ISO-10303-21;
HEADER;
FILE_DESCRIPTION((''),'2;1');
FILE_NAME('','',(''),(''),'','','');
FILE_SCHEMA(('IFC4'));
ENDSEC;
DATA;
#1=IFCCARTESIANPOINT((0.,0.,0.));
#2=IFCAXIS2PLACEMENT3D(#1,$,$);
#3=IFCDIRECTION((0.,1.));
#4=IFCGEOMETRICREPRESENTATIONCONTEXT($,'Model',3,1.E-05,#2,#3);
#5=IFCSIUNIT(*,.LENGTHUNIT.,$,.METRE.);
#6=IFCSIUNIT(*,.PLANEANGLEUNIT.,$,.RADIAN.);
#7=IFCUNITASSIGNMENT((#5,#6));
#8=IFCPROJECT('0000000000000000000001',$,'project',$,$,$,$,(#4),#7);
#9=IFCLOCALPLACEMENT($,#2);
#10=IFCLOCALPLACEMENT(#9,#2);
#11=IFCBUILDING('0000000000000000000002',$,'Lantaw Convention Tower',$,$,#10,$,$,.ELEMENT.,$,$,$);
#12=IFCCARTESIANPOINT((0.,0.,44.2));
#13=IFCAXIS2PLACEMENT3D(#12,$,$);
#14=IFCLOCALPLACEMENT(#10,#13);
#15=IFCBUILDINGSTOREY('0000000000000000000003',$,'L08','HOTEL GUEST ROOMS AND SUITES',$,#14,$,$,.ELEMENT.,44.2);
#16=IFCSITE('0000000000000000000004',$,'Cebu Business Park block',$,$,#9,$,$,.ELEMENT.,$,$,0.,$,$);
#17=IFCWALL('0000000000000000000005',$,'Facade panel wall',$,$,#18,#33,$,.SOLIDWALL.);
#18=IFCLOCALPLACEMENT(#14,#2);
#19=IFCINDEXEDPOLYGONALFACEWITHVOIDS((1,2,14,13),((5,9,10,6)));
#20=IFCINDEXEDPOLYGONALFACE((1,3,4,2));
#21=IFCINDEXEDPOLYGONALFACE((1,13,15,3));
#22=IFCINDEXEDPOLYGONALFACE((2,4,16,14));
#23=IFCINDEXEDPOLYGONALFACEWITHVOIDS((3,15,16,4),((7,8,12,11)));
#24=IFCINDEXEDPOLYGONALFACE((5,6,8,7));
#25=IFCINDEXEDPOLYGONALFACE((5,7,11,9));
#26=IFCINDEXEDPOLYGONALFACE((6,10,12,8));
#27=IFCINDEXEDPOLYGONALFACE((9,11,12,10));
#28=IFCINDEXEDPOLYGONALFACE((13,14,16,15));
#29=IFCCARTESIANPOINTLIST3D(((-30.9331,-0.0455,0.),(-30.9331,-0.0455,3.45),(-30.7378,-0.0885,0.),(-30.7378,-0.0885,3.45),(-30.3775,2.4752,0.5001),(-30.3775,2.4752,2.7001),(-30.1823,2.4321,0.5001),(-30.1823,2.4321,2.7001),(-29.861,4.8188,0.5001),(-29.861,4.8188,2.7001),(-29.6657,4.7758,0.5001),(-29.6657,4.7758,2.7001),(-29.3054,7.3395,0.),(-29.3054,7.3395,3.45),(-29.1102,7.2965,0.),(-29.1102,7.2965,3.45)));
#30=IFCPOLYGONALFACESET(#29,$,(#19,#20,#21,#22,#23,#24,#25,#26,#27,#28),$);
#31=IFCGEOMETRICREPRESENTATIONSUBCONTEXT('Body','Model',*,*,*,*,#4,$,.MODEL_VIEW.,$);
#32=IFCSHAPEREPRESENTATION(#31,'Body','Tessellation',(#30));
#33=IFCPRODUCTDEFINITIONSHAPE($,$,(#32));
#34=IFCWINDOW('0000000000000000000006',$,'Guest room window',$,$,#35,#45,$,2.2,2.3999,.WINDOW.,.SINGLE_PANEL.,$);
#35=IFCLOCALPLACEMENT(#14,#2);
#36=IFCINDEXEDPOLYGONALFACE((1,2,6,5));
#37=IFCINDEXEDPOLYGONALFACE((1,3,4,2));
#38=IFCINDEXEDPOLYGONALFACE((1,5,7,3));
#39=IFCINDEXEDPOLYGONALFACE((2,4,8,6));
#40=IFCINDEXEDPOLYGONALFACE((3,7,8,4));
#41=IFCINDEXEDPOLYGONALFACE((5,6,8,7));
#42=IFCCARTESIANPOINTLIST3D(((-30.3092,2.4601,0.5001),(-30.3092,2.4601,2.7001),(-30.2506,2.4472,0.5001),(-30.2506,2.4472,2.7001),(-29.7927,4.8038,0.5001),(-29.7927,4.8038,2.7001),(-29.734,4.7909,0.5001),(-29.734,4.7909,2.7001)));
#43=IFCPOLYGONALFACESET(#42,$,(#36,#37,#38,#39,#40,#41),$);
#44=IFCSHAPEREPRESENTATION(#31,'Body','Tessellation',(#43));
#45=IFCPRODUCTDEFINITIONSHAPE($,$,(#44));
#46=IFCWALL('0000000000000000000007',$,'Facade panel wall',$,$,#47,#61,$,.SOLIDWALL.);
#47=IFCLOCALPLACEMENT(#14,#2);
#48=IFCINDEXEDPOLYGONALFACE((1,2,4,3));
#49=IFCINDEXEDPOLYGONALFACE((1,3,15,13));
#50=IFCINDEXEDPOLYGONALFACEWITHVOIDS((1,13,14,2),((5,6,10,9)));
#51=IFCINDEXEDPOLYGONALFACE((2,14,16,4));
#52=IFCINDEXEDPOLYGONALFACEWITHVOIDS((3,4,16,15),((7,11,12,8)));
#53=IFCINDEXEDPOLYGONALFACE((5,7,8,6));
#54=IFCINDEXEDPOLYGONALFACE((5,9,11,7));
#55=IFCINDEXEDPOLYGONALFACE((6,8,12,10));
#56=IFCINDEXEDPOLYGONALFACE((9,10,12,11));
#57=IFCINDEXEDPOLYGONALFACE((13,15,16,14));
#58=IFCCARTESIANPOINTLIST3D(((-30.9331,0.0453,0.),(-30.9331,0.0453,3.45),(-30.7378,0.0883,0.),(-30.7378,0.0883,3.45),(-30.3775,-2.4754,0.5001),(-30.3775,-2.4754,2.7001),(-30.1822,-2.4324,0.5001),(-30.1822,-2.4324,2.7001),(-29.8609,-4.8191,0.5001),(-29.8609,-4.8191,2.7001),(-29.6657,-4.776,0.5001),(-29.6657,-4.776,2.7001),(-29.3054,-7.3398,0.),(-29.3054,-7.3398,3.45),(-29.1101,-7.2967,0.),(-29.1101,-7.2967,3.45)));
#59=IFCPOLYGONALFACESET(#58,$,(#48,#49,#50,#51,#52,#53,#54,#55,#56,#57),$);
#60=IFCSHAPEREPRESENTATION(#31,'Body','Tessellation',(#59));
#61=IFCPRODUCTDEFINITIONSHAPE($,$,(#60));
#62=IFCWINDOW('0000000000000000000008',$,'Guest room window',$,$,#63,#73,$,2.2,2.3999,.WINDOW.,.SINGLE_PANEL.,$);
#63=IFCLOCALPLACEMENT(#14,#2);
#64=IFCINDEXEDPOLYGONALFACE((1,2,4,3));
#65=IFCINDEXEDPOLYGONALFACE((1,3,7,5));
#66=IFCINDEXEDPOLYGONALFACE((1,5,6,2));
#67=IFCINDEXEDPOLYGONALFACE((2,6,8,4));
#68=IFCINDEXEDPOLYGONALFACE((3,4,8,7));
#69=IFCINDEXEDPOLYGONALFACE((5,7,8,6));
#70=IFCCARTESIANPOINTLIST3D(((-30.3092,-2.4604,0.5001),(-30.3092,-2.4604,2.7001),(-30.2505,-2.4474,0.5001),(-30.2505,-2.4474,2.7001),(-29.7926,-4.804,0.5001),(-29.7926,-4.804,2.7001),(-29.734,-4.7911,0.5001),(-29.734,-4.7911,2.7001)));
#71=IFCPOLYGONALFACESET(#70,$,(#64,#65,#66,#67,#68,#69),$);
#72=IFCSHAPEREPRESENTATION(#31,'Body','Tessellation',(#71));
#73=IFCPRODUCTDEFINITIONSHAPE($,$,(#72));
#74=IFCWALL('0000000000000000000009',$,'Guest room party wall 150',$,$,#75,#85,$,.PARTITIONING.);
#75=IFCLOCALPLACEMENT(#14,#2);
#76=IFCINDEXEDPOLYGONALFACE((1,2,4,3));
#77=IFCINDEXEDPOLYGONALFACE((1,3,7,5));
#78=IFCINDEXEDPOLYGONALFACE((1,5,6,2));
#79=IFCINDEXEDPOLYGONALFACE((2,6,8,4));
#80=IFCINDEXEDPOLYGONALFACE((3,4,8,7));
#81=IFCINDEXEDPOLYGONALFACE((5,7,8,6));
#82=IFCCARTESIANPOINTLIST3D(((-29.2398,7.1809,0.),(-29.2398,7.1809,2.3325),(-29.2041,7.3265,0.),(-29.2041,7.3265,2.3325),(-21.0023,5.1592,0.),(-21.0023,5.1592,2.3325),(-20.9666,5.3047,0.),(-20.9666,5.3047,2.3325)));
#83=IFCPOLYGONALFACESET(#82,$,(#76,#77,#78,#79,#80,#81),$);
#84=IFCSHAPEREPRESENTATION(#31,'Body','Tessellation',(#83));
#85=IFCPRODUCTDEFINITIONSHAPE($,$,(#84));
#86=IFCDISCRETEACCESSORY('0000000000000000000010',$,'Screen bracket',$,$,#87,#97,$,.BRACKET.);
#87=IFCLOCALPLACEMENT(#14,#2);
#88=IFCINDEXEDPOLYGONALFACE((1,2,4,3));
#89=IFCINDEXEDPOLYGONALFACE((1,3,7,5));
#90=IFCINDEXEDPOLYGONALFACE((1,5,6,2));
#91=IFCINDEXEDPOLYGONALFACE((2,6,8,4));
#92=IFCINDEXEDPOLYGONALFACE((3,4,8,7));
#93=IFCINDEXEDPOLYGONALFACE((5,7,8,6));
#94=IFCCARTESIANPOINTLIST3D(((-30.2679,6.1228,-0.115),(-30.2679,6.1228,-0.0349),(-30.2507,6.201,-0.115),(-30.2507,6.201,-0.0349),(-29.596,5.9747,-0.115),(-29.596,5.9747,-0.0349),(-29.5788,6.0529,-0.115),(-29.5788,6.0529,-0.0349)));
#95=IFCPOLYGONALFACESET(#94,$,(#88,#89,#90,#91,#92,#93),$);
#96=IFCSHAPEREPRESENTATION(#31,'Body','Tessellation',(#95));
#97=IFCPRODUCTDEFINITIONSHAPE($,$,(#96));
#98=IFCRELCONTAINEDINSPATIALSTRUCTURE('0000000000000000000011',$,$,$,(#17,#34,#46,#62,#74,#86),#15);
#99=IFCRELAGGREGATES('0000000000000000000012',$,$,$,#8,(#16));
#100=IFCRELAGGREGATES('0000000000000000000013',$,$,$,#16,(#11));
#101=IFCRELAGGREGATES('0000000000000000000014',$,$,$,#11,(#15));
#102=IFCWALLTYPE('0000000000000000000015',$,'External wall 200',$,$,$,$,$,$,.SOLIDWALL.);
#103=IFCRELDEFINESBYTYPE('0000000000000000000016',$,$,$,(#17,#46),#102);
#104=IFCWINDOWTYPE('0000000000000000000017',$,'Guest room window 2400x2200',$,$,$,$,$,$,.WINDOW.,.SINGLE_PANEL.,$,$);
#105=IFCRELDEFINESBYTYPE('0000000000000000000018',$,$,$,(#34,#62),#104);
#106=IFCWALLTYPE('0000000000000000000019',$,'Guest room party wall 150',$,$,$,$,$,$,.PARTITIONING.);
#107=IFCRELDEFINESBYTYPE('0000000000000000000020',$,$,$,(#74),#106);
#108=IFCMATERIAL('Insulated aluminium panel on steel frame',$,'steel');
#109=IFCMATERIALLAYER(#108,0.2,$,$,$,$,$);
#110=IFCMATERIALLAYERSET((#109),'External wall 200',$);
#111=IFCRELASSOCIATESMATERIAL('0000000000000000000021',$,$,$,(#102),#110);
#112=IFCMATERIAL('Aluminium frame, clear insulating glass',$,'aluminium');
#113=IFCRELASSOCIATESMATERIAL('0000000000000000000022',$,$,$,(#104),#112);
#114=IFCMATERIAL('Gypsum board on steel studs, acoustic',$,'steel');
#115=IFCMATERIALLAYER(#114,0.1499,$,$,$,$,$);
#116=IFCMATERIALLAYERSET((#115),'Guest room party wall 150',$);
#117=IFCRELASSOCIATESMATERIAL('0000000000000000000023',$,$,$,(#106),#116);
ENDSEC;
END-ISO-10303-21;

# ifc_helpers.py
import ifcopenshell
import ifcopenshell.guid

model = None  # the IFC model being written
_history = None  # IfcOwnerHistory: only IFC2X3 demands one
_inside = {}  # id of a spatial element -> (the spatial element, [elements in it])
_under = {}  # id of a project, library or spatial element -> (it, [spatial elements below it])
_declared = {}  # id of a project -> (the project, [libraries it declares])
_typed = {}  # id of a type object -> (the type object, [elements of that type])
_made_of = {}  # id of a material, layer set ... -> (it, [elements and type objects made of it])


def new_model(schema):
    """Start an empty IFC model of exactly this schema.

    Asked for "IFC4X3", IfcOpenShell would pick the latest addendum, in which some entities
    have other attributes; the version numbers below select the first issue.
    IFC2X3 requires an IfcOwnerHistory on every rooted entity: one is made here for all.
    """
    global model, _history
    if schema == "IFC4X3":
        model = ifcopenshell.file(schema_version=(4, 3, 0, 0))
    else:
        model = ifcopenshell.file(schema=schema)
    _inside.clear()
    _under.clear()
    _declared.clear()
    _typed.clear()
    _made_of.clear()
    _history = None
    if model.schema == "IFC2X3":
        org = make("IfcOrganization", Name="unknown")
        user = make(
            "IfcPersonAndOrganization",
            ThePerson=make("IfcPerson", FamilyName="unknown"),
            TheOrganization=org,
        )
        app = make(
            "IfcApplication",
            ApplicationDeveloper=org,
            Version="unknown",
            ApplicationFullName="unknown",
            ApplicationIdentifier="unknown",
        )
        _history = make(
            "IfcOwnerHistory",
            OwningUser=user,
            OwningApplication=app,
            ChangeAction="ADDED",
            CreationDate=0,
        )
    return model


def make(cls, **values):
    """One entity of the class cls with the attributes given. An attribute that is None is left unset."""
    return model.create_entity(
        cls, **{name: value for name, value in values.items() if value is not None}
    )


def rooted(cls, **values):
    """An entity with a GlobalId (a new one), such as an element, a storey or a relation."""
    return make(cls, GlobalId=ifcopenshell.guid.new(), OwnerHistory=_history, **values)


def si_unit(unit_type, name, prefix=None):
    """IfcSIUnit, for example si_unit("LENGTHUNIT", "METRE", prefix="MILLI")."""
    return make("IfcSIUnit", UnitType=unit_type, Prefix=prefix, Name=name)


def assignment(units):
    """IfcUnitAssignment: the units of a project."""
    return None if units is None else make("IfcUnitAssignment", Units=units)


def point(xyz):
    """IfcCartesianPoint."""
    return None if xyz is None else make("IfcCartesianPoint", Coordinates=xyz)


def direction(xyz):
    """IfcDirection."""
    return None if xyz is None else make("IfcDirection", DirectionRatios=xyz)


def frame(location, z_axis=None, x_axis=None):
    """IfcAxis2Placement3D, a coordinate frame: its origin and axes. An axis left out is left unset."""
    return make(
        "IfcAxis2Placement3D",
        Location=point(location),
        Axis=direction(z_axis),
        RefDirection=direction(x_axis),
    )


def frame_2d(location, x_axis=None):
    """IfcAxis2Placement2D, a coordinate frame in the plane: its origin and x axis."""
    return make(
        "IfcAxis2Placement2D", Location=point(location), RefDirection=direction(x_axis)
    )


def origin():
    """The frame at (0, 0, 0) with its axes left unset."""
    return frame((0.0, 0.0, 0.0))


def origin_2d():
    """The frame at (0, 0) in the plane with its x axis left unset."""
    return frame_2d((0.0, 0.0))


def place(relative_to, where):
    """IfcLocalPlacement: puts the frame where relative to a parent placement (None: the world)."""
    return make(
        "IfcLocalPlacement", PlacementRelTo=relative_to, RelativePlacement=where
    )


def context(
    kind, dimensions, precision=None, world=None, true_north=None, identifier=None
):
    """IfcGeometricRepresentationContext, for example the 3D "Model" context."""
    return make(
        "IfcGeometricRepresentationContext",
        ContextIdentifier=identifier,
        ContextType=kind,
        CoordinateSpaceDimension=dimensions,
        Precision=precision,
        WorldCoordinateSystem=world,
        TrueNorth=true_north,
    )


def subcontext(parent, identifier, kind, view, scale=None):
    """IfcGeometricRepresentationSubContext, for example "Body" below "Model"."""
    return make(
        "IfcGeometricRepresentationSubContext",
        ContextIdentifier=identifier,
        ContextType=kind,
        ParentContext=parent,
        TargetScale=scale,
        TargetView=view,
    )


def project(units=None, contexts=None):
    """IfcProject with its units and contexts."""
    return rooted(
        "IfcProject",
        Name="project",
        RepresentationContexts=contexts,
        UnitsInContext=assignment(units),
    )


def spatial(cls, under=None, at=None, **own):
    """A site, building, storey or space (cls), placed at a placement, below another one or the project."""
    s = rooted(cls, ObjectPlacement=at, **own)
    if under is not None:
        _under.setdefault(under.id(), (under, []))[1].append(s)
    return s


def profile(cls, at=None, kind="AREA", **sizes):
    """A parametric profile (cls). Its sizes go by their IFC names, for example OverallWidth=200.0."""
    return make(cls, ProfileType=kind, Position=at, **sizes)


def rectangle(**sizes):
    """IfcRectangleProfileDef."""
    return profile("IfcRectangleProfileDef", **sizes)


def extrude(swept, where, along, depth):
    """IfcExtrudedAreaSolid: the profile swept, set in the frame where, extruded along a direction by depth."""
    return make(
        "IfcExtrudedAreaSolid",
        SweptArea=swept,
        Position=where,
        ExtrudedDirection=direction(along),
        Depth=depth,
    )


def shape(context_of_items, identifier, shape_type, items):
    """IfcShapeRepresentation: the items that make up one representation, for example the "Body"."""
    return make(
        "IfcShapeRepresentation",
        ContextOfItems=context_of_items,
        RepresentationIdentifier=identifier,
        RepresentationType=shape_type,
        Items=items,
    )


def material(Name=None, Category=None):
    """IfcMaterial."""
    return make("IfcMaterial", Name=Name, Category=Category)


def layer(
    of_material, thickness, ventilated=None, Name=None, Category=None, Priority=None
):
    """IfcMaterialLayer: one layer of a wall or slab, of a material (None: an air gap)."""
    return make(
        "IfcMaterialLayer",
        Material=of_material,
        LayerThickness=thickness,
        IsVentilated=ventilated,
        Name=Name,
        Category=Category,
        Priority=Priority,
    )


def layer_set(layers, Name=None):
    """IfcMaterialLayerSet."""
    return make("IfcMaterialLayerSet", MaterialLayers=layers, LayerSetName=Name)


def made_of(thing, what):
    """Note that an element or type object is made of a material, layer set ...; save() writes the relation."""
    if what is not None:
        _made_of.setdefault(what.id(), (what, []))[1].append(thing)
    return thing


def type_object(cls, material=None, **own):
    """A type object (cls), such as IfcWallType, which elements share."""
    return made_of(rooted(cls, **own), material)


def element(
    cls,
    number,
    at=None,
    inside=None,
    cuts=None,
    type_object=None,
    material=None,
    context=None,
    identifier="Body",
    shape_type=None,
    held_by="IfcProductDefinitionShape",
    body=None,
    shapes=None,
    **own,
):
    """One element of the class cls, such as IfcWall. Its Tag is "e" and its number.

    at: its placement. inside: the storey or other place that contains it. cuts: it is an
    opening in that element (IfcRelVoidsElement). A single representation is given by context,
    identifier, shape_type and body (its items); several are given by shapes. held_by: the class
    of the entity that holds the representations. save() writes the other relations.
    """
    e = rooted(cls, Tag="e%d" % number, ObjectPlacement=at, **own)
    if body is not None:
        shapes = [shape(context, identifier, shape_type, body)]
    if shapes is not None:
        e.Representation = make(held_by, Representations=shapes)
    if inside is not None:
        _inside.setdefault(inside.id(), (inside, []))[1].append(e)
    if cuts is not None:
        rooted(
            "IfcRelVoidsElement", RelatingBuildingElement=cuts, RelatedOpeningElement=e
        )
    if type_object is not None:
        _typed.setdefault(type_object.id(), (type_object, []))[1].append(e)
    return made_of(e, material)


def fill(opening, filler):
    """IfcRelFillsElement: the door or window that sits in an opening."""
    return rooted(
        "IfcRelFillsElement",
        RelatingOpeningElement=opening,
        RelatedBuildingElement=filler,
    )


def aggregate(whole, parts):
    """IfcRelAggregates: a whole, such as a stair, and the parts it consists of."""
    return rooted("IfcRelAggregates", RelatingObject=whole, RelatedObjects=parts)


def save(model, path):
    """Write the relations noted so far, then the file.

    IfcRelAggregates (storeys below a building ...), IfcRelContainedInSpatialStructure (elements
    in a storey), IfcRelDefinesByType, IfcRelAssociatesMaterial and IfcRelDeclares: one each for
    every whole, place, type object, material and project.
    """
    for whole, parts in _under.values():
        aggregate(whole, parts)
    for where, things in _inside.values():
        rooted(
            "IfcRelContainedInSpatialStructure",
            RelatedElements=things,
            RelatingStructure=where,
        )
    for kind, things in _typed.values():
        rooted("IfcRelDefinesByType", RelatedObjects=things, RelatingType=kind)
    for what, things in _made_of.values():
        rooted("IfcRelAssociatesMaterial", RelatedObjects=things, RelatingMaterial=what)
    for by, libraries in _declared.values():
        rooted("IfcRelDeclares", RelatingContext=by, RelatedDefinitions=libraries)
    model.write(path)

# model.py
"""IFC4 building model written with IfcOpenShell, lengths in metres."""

from ifc_helpers import new_model, si_unit, direction, frame, frame_2d, origin, origin_2d, place, context, subcontext, project, spatial, rectangle, extrude, material, layer, layer_set, type_object, element, fill, save


model = new_model("IFC4")

# Units and contexts
model_context = context("Model", 3, precision=1e-05, world=origin(), true_north=direction((0.0, 1.0)))
body_context = subcontext(model_context, "Body", "Model", "MODEL_VIEW")
ifc_project = project(units=[si_unit("LENGTHUNIT", "METRE"), si_unit("PLANEANGLEUNIT", "RADIAN")], contexts=[model_context])

# Site, building, storey
site_placement = place(None, origin())
site = spatial("IfcSite", under=ifc_project, at=site_placement, Name="Cebu Business Park block", CompositionType="ELEMENT", RefElevation=0.0)
building_placement = place(site_placement, origin())
building = spatial("IfcBuilding", under=site, at=building_placement, Name="Lantaw Convention Tower", CompositionType="ELEMENT")
storey_placement = place(building_placement, frame((0.0, 0.0, 44.2)))
storey = spatial("IfcBuildingStorey", under=building, at=storey_placement, Name="L08", Description="HOTEL GUEST ROOMS AND SUITES", CompositionType="ELEMENT", Elevation=44.2)

# Walls, openings, windows
ifc_material_1 = material(Name="Insulated aluminium panel on steel frame", Category="steel")
ifc_layer_1 = layer(ifc_material_1, 0.2)
ifc_layer_set_1 = layer_set([ifc_layer_1], Name="External wall 200")
wall_type_1 = type_object("IfcWallType", Name="External wall 200", PredefinedType="SOLIDWALL", material=ifc_layer_set_1)
wall_1_placement = place(storey_placement, frame((-29.2078, 7.3181, 0.0), z_axis=(0.0, 0.0, 1.0), x_axis=(-0.215238, -0.976562, 0.0)))
wall_1 = element("IfcWall", 1, at=wall_1_placement, inside=storey, type_object=wall_type_1, Name="Facade panel wall", PredefinedType="SOLIDWALL", context=body_context, shape_type="SweptSolid", body=[
    extrude(rectangle(XDim=7.5623, YDim=0.2, at=frame_2d((3.7812, 0.0))), origin(), (0.0, 0.0, 1.0), 3.45),
])
opening_1_placement = place(wall_1_placement, frame((2.5813, 0.0, 0.5)))
opening_1 = element("IfcOpeningElement", 2, at=opening_1_placement, cuts=wall_1, PredefinedType="OPENING", context=body_context, shape_type="SweptSolid", body=[
    extrude(rectangle(XDim=2.3999, YDim=2.2, at=frame_2d((1.2, 1.1001))), frame((0.0, 0.1099, 0.0), z_axis=(0.0, -1.0, 0.0), x_axis=(1.0, 0.0, 0.0)), (0.0, 0.0, 1.0), 0.22),
])
ifc_material_2 = material(Name="Aluminium frame, clear insulating glass", Category="aluminium")
window_type = type_object("IfcWindowType", Name="Guest room window 2400x2200", PartitioningType="SINGLE_PANEL", PredefinedType="WINDOW", material=ifc_material_2)
window_1_placement = place(opening_1_placement, origin())
window_1 = element("IfcWindow", 3, at=window_1_placement, inside=storey, type_object=window_type, Name="Guest room window", OverallHeight=2.2, OverallWidth=2.3999, PartitioningType="SINGLE_PANEL", PredefinedType="WINDOW", context=body_context, shape_type="SweptSolid", body=[
    extrude(rectangle(XDim=2.3999, YDim=2.2, at=frame_2d((1.2, 1.1001))), frame((0.0, 0.03, 0.0), z_axis=(0.0, -1.0, 0.0), x_axis=(1.0, 0.0, 0.0)), (0.0, 0.0, 1.0), 0.0601),
])
fill(opening_1, window_1)
wall_2_placement = place(storey_placement, frame((-30.8354, 0.0669, 0.0), z_axis=(0.0, 0.0, 1.0), x_axis=(0.215238, -0.976562, 0.0)))
wall_2 = element("IfcWall", 4, at=wall_2_placement, inside=storey, type_object=wall_type_1, Name="Facade panel wall", PredefinedType="SOLIDWALL", context=body_context, shape_type="SweptSolid", body=[
    extrude(rectangle(XDim=7.5623, YDim=0.2, at=frame_2d((3.7812, 0.0))), origin(), (0.0, 0.0, 1.0), 3.45),
])
opening_2_placement = place(wall_2_placement, frame((2.5813, 0.0, 0.5)))
opening_2 = element("IfcOpeningElement", 5, at=opening_2_placement, cuts=wall_2, PredefinedType="OPENING", context=body_context, shape_type="SweptSolid", body=[
    extrude(rectangle(XDim=2.3999, YDim=2.2, at=frame_2d((1.2, 1.1001))), frame((0.0, 0.1099, 0.0), z_axis=(0.0, -1.0, 0.0), x_axis=(1.0, 0.0, 0.0)), (0.0, 0.0, 1.0), 0.22),
])
window_2_placement = place(opening_2_placement, origin())
window_2 = element("IfcWindow", 6, at=window_2_placement, inside=storey, type_object=window_type, Name="Guest room window", OverallHeight=2.2, OverallWidth=2.3999, PartitioningType="SINGLE_PANEL", PredefinedType="WINDOW", context=body_context, shape_type="SweptSolid", body=[
    extrude(rectangle(XDim=2.3999, YDim=2.2, at=frame_2d((1.2, 1.1001))), frame((0.0, 0.03, 0.0), z_axis=(0.0, -1.0, 0.0), x_axis=(1.0, 0.0, 0.0)), (0.0, 0.0, 1.0), 0.0601),
])
fill(opening_2, window_2)

# Wall
ifc_material_3 = material(Name="Gypsum board on steel studs, acoustic", Category="steel")
ifc_layer_2 = layer(ifc_material_3, 0.1499)
ifc_layer_set_2 = layer_set([ifc_layer_2], Name="Guest room party wall 150")
wall_type_2 = type_object("IfcWallType", Name="Guest room party wall 150", PredefinedType="PARTITIONING", material=ifc_layer_set_2)
wall_3_placement = place(storey_placement, frame((-29.2219, 7.2537, 0.0), z_axis=(0.0, 0.0, 1.0), x_axis=(0.971178, -0.238355, 0.0)))
element("IfcWall", 7, at=wall_3_placement, inside=storey, type_object=wall_type_2, Name="Guest room party wall 150", PredefinedType="PARTITIONING", context=body_context, shape_type="SweptSolid", body=[
    extrude(rectangle(XDim=8.4819, YDim=0.1499, at=frame_2d((4.241, 0.0))), origin(), (0.0, 0.0, 1.0), 2.3325),
])

# Discrete accessory
discrete_accessory_placement = place(storey_placement, frame((-29.9233, 6.0879, -0.115), z_axis=(0.0, 0.0, 1.0), x_axis=(-0.215246, -0.97656, 0.0)))
element("IfcDiscreteAccessory", 8, at=discrete_accessory_placement, inside=storey, Name="Screen bracket", PredefinedType="BRACKET", context=body_context, shape_type="SweptSolid", body=[
    extrude(rectangle(XDim=0.0801, YDim=0.688, at=origin_2d()), origin(), (0.0, 0.0, 1.0), 0.0801),
])

save(model, "model.ifc")
